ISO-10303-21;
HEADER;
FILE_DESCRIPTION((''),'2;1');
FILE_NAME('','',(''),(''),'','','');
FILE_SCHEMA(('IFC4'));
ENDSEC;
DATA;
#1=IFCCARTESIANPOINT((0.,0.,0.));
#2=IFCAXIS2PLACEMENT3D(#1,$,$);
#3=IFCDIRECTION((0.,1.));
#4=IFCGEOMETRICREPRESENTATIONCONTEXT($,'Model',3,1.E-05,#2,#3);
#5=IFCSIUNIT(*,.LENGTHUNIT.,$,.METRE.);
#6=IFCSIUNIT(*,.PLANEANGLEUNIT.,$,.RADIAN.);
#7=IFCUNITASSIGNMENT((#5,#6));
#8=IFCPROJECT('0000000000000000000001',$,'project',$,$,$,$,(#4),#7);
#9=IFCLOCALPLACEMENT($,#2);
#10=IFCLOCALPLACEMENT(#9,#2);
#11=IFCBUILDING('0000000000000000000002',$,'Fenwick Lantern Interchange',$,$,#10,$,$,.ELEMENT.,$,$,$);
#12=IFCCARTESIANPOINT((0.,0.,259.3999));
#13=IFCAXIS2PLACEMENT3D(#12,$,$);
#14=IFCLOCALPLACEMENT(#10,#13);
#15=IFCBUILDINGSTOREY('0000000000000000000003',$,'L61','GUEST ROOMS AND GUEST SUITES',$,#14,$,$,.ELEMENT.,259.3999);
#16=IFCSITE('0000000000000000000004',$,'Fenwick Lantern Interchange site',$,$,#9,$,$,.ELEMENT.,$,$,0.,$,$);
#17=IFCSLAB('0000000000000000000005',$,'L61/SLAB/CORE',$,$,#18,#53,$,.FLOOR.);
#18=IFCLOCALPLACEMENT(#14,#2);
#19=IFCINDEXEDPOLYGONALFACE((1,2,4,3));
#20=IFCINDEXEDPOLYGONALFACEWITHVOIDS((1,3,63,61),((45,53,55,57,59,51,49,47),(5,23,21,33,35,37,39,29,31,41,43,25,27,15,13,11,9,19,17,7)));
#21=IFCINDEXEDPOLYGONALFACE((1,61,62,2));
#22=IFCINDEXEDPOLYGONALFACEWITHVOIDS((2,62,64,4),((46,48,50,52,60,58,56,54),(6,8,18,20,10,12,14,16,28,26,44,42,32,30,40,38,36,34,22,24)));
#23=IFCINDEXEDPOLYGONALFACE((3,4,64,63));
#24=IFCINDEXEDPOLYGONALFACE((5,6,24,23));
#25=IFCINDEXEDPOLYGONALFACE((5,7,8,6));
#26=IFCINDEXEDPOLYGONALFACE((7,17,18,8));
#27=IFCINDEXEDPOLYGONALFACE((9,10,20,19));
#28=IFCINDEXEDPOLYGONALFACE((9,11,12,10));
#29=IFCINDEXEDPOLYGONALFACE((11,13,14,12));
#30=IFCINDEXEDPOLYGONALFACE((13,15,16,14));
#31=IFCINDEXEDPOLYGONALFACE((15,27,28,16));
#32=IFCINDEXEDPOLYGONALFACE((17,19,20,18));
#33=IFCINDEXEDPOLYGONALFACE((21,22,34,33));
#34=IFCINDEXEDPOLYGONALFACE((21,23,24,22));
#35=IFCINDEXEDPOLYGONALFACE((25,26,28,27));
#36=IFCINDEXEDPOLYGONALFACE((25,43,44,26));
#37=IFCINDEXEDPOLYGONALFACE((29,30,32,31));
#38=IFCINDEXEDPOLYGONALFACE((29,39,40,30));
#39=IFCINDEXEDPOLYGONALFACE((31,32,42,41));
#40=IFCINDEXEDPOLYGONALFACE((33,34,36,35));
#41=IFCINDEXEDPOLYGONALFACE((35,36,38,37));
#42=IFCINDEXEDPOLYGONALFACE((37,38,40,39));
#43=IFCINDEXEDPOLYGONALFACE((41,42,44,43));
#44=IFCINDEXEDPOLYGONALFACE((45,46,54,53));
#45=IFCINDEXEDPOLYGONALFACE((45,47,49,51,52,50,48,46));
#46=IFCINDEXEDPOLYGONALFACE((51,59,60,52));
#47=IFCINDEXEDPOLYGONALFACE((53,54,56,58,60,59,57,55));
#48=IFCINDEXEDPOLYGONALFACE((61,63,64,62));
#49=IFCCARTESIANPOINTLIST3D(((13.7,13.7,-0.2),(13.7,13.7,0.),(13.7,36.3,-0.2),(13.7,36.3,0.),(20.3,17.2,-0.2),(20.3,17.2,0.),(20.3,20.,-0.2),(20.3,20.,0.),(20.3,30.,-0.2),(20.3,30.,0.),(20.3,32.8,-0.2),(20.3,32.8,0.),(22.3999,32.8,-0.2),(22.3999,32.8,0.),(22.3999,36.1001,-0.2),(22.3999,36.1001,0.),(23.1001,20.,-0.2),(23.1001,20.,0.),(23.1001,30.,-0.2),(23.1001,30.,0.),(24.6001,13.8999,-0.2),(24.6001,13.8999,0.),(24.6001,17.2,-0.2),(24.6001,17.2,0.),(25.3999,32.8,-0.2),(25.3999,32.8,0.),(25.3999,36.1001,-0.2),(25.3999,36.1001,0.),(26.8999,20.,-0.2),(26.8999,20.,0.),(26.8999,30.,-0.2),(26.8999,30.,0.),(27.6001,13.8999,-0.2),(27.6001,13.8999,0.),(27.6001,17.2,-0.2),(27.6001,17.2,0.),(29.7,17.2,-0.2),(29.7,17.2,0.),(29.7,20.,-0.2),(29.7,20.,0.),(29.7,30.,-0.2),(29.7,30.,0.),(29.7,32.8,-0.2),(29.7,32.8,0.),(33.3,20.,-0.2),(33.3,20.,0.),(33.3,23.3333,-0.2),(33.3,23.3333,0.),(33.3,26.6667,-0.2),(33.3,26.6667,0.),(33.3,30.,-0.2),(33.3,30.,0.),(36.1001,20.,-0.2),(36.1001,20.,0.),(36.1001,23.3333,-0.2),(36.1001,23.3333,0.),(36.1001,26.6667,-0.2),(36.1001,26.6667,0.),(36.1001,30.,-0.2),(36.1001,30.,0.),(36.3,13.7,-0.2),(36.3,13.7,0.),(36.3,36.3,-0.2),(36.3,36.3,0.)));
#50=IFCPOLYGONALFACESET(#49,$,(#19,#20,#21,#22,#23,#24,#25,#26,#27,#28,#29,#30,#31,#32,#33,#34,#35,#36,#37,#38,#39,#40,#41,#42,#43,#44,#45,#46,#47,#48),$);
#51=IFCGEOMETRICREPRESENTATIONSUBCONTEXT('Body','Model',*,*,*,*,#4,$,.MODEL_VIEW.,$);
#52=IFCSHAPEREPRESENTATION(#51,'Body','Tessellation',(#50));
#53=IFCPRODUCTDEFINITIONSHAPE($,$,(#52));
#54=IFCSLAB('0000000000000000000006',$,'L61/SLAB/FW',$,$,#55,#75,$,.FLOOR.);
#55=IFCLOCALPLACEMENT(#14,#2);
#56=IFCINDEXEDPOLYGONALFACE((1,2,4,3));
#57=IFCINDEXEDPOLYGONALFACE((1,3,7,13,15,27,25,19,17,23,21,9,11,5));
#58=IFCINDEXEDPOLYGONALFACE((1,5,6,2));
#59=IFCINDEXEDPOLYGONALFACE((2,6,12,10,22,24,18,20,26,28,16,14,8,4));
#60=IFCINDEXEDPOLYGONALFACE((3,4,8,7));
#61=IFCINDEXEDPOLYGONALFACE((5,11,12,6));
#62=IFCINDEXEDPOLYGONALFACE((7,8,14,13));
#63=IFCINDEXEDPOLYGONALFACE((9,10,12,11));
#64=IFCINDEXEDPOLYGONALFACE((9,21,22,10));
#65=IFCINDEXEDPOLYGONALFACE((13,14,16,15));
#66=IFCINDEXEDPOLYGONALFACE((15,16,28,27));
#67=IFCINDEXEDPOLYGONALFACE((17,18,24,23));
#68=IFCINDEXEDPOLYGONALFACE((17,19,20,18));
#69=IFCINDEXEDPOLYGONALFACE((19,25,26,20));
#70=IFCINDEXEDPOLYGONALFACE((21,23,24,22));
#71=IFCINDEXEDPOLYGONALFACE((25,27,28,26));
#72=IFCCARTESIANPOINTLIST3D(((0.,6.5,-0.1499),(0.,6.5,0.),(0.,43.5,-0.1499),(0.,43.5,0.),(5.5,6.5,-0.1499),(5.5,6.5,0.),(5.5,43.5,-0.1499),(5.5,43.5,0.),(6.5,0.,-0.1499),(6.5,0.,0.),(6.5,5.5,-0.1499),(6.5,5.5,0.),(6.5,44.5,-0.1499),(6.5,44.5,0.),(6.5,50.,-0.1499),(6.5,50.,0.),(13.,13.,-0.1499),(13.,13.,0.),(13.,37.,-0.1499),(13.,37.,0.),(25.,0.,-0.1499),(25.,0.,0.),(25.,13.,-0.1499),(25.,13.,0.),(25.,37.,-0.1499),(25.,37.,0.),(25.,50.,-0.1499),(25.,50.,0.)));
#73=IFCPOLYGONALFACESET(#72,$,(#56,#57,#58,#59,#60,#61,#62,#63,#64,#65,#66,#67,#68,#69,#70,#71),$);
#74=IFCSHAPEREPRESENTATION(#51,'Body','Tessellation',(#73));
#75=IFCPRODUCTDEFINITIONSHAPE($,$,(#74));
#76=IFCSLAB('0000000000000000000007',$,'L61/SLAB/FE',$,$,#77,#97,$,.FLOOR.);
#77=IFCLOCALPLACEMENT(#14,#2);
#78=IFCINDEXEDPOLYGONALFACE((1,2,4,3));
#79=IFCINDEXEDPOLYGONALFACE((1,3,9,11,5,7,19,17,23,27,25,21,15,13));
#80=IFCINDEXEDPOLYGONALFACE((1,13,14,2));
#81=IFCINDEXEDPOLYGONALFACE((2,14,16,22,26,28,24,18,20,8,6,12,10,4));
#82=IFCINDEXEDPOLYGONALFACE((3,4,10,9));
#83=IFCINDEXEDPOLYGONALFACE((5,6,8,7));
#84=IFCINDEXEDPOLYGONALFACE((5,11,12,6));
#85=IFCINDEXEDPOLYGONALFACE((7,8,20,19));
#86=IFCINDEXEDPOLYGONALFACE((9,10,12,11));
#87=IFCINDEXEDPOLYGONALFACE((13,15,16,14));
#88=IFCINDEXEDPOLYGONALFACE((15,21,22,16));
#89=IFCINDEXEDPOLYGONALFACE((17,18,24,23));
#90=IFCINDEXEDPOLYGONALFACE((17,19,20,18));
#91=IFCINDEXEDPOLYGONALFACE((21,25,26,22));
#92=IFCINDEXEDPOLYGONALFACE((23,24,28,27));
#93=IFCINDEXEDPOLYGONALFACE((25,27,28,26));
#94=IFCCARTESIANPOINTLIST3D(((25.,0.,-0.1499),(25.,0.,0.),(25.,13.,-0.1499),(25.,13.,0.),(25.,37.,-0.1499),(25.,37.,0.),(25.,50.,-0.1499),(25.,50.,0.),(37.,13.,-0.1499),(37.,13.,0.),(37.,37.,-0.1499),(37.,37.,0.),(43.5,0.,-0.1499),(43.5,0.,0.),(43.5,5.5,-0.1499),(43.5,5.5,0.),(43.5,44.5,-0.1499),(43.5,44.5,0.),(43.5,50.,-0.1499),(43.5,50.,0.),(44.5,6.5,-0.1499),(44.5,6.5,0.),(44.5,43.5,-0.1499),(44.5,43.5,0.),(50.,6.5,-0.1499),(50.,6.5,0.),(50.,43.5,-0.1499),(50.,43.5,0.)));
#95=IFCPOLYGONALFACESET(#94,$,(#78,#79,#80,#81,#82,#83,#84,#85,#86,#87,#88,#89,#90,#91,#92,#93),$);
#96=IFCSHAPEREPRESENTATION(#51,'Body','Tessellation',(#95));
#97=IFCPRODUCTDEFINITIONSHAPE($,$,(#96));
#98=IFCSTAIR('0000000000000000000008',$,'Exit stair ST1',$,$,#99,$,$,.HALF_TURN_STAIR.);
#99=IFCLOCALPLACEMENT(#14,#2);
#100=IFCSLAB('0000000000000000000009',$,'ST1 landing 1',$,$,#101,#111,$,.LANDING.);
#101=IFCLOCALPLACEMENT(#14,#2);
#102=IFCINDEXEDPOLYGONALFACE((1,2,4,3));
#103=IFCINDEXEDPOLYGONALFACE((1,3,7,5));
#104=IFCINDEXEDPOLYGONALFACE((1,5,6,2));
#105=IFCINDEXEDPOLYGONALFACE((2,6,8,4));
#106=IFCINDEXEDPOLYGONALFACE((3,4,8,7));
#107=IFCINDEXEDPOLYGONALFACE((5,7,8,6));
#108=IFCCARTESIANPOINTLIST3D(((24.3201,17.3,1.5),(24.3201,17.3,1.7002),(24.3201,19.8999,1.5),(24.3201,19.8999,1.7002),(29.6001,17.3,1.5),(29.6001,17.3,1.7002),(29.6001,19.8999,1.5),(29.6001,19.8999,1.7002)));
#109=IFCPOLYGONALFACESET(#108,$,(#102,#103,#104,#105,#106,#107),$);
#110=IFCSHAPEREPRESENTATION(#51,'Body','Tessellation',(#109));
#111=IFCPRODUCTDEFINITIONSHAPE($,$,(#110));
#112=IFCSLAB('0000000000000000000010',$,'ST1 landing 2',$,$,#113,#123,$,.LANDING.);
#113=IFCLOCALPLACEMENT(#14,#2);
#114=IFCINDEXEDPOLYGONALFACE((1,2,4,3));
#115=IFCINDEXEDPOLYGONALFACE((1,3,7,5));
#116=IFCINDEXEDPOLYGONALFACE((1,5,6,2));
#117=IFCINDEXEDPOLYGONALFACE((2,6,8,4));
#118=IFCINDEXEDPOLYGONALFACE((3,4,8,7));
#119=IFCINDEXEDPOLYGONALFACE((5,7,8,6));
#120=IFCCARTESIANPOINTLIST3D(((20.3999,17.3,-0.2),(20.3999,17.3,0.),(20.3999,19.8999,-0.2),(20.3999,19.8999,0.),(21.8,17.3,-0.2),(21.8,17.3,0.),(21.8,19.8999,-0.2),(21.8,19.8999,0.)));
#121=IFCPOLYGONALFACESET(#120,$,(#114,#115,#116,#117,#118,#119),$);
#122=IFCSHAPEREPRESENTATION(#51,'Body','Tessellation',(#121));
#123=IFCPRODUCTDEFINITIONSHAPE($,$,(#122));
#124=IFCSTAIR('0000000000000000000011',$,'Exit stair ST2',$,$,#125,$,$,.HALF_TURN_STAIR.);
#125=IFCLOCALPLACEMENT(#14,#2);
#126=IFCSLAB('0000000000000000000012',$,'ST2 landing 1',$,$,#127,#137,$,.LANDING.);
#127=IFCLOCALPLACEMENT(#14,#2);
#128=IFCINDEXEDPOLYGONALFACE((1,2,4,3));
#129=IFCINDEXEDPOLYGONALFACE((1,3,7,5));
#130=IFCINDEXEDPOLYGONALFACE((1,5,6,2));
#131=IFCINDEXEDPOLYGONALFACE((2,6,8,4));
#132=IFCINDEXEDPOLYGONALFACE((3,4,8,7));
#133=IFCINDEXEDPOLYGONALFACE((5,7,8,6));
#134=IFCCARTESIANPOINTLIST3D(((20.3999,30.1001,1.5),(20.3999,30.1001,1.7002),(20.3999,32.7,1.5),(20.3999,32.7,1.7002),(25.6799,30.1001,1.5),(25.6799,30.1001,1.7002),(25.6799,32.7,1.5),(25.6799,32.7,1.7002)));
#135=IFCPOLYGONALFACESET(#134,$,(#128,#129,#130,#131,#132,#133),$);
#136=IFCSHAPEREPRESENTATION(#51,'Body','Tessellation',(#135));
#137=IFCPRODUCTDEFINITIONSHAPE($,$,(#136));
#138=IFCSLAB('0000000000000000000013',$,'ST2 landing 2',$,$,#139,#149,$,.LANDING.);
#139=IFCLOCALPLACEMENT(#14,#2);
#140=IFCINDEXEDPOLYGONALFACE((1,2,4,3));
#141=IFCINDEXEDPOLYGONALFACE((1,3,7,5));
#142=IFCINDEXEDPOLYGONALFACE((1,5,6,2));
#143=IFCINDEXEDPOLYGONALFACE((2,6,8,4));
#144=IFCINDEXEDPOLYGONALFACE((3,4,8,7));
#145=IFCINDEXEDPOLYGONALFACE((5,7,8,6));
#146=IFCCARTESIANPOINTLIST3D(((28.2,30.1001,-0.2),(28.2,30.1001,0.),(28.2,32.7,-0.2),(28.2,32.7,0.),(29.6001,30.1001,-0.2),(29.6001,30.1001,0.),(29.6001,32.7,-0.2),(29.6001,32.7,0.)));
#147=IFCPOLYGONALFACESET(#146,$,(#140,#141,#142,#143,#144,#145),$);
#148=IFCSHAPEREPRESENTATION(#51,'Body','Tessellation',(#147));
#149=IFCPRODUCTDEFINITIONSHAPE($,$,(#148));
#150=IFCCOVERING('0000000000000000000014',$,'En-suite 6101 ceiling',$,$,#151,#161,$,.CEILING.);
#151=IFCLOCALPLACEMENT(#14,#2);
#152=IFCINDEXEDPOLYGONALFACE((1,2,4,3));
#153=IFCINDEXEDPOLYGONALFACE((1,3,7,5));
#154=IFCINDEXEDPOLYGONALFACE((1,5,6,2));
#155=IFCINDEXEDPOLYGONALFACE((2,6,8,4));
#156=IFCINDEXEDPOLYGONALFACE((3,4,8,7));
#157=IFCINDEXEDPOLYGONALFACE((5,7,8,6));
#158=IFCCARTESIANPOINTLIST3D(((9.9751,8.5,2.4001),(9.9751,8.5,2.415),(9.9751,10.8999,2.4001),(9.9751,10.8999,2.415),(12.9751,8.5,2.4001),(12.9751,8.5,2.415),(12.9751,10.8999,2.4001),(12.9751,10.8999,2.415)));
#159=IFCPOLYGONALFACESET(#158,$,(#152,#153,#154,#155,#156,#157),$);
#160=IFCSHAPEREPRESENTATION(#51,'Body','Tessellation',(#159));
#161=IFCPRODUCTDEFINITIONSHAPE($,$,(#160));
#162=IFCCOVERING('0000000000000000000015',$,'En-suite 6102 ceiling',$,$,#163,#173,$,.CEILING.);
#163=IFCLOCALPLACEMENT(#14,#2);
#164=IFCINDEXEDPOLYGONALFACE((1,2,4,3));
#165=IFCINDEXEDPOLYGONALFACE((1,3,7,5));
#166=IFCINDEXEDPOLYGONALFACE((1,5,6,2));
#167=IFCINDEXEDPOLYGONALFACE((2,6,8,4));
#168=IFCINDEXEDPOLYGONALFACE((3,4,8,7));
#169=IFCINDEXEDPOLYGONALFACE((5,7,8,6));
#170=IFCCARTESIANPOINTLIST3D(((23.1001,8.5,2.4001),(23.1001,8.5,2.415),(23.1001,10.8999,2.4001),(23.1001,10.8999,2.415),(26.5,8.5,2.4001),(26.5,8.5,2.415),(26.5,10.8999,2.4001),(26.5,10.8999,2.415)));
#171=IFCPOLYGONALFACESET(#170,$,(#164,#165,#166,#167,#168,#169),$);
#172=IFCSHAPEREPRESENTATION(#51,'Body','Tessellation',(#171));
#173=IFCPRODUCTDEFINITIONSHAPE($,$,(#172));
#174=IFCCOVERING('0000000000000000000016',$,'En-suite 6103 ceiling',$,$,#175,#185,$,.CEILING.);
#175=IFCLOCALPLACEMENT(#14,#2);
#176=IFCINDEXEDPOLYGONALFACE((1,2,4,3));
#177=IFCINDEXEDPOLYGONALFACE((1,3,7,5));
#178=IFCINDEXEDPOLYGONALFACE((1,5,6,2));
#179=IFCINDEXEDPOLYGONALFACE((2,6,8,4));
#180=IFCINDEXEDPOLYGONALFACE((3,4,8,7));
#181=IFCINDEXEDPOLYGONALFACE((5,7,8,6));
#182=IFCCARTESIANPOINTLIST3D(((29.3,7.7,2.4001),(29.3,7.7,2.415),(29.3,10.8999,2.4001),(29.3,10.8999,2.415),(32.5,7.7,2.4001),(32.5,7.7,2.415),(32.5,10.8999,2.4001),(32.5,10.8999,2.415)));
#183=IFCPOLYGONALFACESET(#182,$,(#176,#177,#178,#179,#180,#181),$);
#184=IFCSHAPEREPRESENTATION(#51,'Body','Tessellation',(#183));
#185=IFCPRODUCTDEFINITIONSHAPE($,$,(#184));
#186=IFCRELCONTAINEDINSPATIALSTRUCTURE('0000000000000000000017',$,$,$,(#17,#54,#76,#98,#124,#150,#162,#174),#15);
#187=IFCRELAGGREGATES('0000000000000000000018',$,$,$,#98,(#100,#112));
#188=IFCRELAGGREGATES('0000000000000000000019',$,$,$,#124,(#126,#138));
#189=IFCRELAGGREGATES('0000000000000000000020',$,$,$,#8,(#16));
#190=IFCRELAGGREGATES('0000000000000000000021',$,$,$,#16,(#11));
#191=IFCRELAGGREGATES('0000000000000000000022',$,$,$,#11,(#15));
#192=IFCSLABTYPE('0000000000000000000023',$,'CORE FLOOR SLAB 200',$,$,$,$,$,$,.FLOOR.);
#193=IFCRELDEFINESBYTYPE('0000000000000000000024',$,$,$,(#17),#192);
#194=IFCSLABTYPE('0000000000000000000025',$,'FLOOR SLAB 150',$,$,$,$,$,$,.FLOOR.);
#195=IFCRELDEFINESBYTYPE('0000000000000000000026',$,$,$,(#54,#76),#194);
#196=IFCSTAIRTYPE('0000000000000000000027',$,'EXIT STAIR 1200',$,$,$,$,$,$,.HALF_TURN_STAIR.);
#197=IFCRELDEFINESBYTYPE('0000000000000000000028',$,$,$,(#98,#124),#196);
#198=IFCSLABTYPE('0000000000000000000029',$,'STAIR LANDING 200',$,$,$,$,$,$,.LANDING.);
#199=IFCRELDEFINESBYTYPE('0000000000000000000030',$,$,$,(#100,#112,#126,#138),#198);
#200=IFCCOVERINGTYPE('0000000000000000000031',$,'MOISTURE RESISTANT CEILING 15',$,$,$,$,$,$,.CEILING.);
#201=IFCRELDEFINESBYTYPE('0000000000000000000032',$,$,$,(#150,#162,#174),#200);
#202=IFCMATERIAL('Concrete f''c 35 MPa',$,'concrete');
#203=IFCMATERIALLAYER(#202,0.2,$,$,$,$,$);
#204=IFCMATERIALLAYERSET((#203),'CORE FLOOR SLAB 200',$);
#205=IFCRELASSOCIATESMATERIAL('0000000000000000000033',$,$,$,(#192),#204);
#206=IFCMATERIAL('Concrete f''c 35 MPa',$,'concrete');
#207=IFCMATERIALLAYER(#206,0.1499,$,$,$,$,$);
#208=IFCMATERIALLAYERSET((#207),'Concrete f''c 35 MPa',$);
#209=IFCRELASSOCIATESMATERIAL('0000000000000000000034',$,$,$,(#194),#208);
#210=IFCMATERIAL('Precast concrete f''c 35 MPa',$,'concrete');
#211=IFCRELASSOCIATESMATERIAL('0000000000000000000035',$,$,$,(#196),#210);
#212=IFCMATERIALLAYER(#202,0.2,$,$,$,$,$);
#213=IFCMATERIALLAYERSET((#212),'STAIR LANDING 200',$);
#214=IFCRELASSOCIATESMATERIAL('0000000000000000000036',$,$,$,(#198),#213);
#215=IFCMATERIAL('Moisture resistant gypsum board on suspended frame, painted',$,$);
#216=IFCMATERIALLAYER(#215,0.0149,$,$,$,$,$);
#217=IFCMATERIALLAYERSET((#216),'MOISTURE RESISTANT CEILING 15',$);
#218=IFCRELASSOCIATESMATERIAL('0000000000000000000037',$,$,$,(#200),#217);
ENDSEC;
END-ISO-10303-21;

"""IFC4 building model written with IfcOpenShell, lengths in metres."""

from ifc_helpers import new_model, si_unit, direction, frame, origin, place, context, subcontext, project, spatial, polyline, outline, extrude, material, layer, layer_set, type_object, element, aggregate, save


model = new_model("IFC4")

# Units and contexts
model_context = context("Model", 3, precision=1e-05, world=origin(), true_north=direction((0.0, 1.0)))
body_context = subcontext(model_context, "Body", "Model", "MODEL_VIEW")
ifc_project = project(units=[si_unit("LENGTHUNIT", "METRE"), si_unit("PLANEANGLEUNIT", "RADIAN")], contexts=[model_context])

# Site, building, storey
site_placement = place(None, origin())
site = spatial("IfcSite", under=ifc_project, at=site_placement, Name="Fenwick Lantern Interchange site", CompositionType="ELEMENT", RefElevation=0.0)
building_placement = place(site_placement, origin())
building = spatial("IfcBuilding", under=site, at=building_placement, Name="Fenwick Lantern Interchange", CompositionType="ELEMENT")
storey_placement = place(building_placement, frame((0.0, 0.0, 259.3999)))
storey = spatial("IfcBuildingStorey", under=building, at=storey_placement, Name="L61", Description="GUEST ROOMS AND GUEST SUITES", CompositionType="ELEMENT", Elevation=259.3999)

# Slabs
ifc_material_1 = material(Name="Concrete f'c 35 MPa", Category="concrete")
ifc_layer_1 = layer(ifc_material_1, 0.2)
ifc_layer_set_1 = layer_set([ifc_layer_1], Name="CORE FLOOR SLAB 200")
slab_type_1 = type_object("IfcSlabType", Name="CORE FLOOR SLAB 200", PredefinedType="FLOOR", material=ifc_layer_set_1)
slab_1_placement = place(storey_placement, frame((0.0, 0.0, -0.2)))
element("IfcSlab", 1, at=slab_1_placement, inside=storey, type_object=slab_type_1, Name="L61/SLAB/CORE", PredefinedType="FLOOR", context=body_context, shape_type="SweptSolid", body=[
    extrude(outline(polyline([(13.7, 36.3), (36.3, 36.3), (36.3, 13.7), (13.7, 13.7), (13.7, 36.3)]), holes=[polyline([(24.6001, 13.8999), (27.6001, 13.8999), (27.6001, 17.2), (29.7, 17.2), (29.7, 20.0), (26.8999, 20.0), (26.8999, 30.0), (29.7, 30.0), (29.7, 32.8), (25.3999, 32.8), (25.3999, 36.1001), (22.3999, 36.1001), (22.3999, 32.8), (20.3, 32.8), (20.3, 30.0), (23.1001, 30.0), (23.1001, 20.0), (20.3, 20.0), (20.3, 17.2), (24.6001, 17.2), (24.6001, 13.8999)]), polyline([(33.3, 20.0), (36.1001, 20.0), (36.1001, 23.3333), (36.1001, 26.6667), (36.1001, 30.0), (33.3, 30.0), (33.3, 26.6667), (33.3, 23.3333), (33.3, 20.0)])]), origin(), (0.0, 0.0, 1.0), 0.2),
])
ifc_material_2 = material(Name="Concrete f'c 35 MPa", Category="concrete")
ifc_layer_2 = layer(ifc_material_2, 0.1499)
ifc_layer_set_2 = layer_set([ifc_layer_2], Name="Concrete f'c 35 MPa")
slab_type_2 = type_object("IfcSlabType", Name="FLOOR SLAB 150", PredefinedType="FLOOR", material=ifc_layer_set_2)
slab_2_placement = place(storey_placement, frame((0.0, 0.0, -0.1499)))
element("IfcSlab", 2, at=slab_2_placement, inside=storey, type_object=slab_type_2, Name="L61/SLAB/FW", PredefinedType="FLOOR", context=body_context, shape_type="SweptSolid", body=[
    extrude(outline(polyline([(6.5, 0.0), (6.5, 5.5), (5.5, 6.5), (0.0, 6.5), (0.0, 43.5), (5.5, 43.5), (6.5, 44.5), (6.5, 50.0), (25.0, 50.0), (25.0, 37.0), (13.0, 37.0), (13.0, 13.0), (25.0, 13.0), (25.0, 0.0), (6.5, 0.0)])), origin(), (0.0, 0.0, 1.0), 0.1499),
])
slab_3_placement = place(storey_placement, frame((0.0, 0.0, -0.1499)))
element("IfcSlab", 3, at=slab_3_placement, inside=storey, type_object=slab_type_2, Name="L61/SLAB/FE", PredefinedType="FLOOR", context=body_context, shape_type="SweptSolid", body=[
    extrude(outline(polyline([(43.5, 50.0), (43.5, 44.5), (44.5, 43.5), (50.0, 43.5), (50.0, 6.5), (44.5, 6.5), (43.5, 5.5), (43.5, 0.0), (25.0, 0.0), (25.0, 13.0), (37.0, 13.0), (37.0, 37.0), (25.0, 37.0), (25.0, 50.0), (43.5, 50.0)])), origin(), (0.0, 0.0, 1.0), 0.1499),
])

# Stairs, slabs
ifc_material_3 = material(Name="Precast concrete f'c 35 MPa", Category="concrete")
stair_type = type_object("IfcStairType", Name="EXIT STAIR 1200", PredefinedType="HALF_TURN_STAIR", material=ifc_material_3)
stair_1_placement = place(storey_placement, origin())
stair_1 = element("IfcStair", 4, at=stair_1_placement, inside=storey, type_object=stair_type, Name="Exit stair ST1", PredefinedType="HALF_TURN_STAIR")
ifc_layer_3 = layer(ifc_material_1, 0.2)
ifc_layer_set_3 = layer_set([ifc_layer_3], Name="STAIR LANDING 200")
slab_type_3 = type_object("IfcSlabType", Name="STAIR LANDING 200", PredefinedType="LANDING", material=ifc_layer_set_3)
slab_4_placement = place(storey_placement, frame((0.0, 0.0, 1.5)))
slab_4 = element("IfcSlab", 5, at=slab_4_placement, type_object=slab_type_3, Name="ST1 landing 1", PredefinedType="LANDING", context=body_context, shape_type="SweptSolid", body=[
    extrude(outline(polyline([(24.3201, 17.3), (29.6001, 17.3), (29.6001, 19.8999), (24.3201, 19.8999), (24.3201, 17.3)])), origin(), (0.0, 0.0, 1.0), 0.2002),
])
slab_5_placement = place(storey_placement, frame((0.0, 0.0, -0.2)))
slab_5 = element("IfcSlab", 6, at=slab_5_placement, type_object=slab_type_3, Name="ST1 landing 2", PredefinedType="LANDING", context=body_context, shape_type="SweptSolid", body=[
    extrude(outline(polyline([(20.3999, 17.3), (21.8, 17.3), (21.8, 19.8999), (20.3999, 19.8999), (20.3999, 17.3)])), origin(), (0.0, 0.0, 1.0), 0.2),
])
aggregate(stair_1, [slab_4, slab_5])
stair_2_placement = place(storey_placement, origin())
stair_2 = element("IfcStair", 7, at=stair_2_placement, inside=storey, type_object=stair_type, Name="Exit stair ST2", PredefinedType="HALF_TURN_STAIR")
slab_6_placement = place(storey_placement, frame((0.0, 0.0, 1.5)))
slab_6 = element("IfcSlab", 8, at=slab_6_placement, type_object=slab_type_3, Name="ST2 landing 1", PredefinedType="LANDING", context=body_context, shape_type="SweptSolid", body=[
    extrude(outline(polyline([(25.6799, 32.7), (20.3999, 32.7), (20.3999, 30.1001), (25.6799, 30.1001), (25.6799, 32.7)])), origin(), (0.0, 0.0, 1.0), 0.2002),
])
slab_7_placement = place(storey_placement, frame((0.0, 0.0, -0.2)))
slab_7 = element("IfcSlab", 9, at=slab_7_placement, type_object=slab_type_3, Name="ST2 landing 2", PredefinedType="LANDING", context=body_context, shape_type="SweptSolid", body=[
    extrude(outline(polyline([(29.6001, 32.7), (28.2, 32.7), (28.2, 30.1001), (29.6001, 30.1001), (29.6001, 32.7)])), origin(), (0.0, 0.0, 1.0), 0.2),
])
aggregate(stair_2, [slab_6, slab_7])

# Coverings
ifc_material_4 = material(Name="Moisture resistant gypsum board on suspended frame, painted")
ifc_layer_4 = layer(ifc_material_4, 0.0149)
ifc_layer_set_4 = layer_set([ifc_layer_4], Name="MOISTURE RESISTANT CEILING 15")
covering_type_1 = type_object("IfcCoveringType", Name="MOISTURE RESISTANT CEILING 15", PredefinedType="CEILING", material=ifc_layer_set_4)
covering_1_placement = place(storey_placement, frame((0.0, 0.0, 2.4001)))
element("IfcCovering", 10, at=covering_1_placement, inside=storey, type_object=covering_type_1, Name="En-suite 6101 ceiling", PredefinedType="CEILING", context=body_context, shape_type="SweptSolid", body=[
    extrude(outline(polyline([(9.9751, 8.5), (12.9751, 8.5), (12.9751, 10.8999), (9.9751, 10.8999), (9.9751, 8.5)])), origin(), (0.0, 0.0, 1.0), 0.0149),
])
covering_2_placement = place(storey_placement, frame((0.0, 0.0, 2.4001)))
element("IfcCovering", 11, at=covering_2_placement, inside=storey, type_object=covering_type_1, Name="En-suite 6102 ceiling", PredefinedType="CEILING", context=body_context, shape_type="SweptSolid", body=[
    extrude(outline(polyline([(23.1001, 8.5), (26.5, 8.5), (26.5, 10.8999), (23.1001, 10.8999), (23.1001, 8.5)])), origin(), (0.0, 0.0, 1.0), 0.0149),
])
covering_3_placement = place(storey_placement, frame((0.0, 0.0, 2.4001)))
element("IfcCovering", 12, at=covering_3_placement, inside=storey, type_object=covering_type_1, Name="En-suite 6103 ceiling", PredefinedType="CEILING", context=body_context, shape_type="SweptSolid", body=[
    extrude(outline(polyline([(29.3, 7.7), (32.5, 7.7), (32.5, 10.8999), (29.3, 10.8999), (29.3, 7.7)])), origin(), (0.0, 0.0, 1.0), 0.0149),
])

save(model, "model.ifc")
